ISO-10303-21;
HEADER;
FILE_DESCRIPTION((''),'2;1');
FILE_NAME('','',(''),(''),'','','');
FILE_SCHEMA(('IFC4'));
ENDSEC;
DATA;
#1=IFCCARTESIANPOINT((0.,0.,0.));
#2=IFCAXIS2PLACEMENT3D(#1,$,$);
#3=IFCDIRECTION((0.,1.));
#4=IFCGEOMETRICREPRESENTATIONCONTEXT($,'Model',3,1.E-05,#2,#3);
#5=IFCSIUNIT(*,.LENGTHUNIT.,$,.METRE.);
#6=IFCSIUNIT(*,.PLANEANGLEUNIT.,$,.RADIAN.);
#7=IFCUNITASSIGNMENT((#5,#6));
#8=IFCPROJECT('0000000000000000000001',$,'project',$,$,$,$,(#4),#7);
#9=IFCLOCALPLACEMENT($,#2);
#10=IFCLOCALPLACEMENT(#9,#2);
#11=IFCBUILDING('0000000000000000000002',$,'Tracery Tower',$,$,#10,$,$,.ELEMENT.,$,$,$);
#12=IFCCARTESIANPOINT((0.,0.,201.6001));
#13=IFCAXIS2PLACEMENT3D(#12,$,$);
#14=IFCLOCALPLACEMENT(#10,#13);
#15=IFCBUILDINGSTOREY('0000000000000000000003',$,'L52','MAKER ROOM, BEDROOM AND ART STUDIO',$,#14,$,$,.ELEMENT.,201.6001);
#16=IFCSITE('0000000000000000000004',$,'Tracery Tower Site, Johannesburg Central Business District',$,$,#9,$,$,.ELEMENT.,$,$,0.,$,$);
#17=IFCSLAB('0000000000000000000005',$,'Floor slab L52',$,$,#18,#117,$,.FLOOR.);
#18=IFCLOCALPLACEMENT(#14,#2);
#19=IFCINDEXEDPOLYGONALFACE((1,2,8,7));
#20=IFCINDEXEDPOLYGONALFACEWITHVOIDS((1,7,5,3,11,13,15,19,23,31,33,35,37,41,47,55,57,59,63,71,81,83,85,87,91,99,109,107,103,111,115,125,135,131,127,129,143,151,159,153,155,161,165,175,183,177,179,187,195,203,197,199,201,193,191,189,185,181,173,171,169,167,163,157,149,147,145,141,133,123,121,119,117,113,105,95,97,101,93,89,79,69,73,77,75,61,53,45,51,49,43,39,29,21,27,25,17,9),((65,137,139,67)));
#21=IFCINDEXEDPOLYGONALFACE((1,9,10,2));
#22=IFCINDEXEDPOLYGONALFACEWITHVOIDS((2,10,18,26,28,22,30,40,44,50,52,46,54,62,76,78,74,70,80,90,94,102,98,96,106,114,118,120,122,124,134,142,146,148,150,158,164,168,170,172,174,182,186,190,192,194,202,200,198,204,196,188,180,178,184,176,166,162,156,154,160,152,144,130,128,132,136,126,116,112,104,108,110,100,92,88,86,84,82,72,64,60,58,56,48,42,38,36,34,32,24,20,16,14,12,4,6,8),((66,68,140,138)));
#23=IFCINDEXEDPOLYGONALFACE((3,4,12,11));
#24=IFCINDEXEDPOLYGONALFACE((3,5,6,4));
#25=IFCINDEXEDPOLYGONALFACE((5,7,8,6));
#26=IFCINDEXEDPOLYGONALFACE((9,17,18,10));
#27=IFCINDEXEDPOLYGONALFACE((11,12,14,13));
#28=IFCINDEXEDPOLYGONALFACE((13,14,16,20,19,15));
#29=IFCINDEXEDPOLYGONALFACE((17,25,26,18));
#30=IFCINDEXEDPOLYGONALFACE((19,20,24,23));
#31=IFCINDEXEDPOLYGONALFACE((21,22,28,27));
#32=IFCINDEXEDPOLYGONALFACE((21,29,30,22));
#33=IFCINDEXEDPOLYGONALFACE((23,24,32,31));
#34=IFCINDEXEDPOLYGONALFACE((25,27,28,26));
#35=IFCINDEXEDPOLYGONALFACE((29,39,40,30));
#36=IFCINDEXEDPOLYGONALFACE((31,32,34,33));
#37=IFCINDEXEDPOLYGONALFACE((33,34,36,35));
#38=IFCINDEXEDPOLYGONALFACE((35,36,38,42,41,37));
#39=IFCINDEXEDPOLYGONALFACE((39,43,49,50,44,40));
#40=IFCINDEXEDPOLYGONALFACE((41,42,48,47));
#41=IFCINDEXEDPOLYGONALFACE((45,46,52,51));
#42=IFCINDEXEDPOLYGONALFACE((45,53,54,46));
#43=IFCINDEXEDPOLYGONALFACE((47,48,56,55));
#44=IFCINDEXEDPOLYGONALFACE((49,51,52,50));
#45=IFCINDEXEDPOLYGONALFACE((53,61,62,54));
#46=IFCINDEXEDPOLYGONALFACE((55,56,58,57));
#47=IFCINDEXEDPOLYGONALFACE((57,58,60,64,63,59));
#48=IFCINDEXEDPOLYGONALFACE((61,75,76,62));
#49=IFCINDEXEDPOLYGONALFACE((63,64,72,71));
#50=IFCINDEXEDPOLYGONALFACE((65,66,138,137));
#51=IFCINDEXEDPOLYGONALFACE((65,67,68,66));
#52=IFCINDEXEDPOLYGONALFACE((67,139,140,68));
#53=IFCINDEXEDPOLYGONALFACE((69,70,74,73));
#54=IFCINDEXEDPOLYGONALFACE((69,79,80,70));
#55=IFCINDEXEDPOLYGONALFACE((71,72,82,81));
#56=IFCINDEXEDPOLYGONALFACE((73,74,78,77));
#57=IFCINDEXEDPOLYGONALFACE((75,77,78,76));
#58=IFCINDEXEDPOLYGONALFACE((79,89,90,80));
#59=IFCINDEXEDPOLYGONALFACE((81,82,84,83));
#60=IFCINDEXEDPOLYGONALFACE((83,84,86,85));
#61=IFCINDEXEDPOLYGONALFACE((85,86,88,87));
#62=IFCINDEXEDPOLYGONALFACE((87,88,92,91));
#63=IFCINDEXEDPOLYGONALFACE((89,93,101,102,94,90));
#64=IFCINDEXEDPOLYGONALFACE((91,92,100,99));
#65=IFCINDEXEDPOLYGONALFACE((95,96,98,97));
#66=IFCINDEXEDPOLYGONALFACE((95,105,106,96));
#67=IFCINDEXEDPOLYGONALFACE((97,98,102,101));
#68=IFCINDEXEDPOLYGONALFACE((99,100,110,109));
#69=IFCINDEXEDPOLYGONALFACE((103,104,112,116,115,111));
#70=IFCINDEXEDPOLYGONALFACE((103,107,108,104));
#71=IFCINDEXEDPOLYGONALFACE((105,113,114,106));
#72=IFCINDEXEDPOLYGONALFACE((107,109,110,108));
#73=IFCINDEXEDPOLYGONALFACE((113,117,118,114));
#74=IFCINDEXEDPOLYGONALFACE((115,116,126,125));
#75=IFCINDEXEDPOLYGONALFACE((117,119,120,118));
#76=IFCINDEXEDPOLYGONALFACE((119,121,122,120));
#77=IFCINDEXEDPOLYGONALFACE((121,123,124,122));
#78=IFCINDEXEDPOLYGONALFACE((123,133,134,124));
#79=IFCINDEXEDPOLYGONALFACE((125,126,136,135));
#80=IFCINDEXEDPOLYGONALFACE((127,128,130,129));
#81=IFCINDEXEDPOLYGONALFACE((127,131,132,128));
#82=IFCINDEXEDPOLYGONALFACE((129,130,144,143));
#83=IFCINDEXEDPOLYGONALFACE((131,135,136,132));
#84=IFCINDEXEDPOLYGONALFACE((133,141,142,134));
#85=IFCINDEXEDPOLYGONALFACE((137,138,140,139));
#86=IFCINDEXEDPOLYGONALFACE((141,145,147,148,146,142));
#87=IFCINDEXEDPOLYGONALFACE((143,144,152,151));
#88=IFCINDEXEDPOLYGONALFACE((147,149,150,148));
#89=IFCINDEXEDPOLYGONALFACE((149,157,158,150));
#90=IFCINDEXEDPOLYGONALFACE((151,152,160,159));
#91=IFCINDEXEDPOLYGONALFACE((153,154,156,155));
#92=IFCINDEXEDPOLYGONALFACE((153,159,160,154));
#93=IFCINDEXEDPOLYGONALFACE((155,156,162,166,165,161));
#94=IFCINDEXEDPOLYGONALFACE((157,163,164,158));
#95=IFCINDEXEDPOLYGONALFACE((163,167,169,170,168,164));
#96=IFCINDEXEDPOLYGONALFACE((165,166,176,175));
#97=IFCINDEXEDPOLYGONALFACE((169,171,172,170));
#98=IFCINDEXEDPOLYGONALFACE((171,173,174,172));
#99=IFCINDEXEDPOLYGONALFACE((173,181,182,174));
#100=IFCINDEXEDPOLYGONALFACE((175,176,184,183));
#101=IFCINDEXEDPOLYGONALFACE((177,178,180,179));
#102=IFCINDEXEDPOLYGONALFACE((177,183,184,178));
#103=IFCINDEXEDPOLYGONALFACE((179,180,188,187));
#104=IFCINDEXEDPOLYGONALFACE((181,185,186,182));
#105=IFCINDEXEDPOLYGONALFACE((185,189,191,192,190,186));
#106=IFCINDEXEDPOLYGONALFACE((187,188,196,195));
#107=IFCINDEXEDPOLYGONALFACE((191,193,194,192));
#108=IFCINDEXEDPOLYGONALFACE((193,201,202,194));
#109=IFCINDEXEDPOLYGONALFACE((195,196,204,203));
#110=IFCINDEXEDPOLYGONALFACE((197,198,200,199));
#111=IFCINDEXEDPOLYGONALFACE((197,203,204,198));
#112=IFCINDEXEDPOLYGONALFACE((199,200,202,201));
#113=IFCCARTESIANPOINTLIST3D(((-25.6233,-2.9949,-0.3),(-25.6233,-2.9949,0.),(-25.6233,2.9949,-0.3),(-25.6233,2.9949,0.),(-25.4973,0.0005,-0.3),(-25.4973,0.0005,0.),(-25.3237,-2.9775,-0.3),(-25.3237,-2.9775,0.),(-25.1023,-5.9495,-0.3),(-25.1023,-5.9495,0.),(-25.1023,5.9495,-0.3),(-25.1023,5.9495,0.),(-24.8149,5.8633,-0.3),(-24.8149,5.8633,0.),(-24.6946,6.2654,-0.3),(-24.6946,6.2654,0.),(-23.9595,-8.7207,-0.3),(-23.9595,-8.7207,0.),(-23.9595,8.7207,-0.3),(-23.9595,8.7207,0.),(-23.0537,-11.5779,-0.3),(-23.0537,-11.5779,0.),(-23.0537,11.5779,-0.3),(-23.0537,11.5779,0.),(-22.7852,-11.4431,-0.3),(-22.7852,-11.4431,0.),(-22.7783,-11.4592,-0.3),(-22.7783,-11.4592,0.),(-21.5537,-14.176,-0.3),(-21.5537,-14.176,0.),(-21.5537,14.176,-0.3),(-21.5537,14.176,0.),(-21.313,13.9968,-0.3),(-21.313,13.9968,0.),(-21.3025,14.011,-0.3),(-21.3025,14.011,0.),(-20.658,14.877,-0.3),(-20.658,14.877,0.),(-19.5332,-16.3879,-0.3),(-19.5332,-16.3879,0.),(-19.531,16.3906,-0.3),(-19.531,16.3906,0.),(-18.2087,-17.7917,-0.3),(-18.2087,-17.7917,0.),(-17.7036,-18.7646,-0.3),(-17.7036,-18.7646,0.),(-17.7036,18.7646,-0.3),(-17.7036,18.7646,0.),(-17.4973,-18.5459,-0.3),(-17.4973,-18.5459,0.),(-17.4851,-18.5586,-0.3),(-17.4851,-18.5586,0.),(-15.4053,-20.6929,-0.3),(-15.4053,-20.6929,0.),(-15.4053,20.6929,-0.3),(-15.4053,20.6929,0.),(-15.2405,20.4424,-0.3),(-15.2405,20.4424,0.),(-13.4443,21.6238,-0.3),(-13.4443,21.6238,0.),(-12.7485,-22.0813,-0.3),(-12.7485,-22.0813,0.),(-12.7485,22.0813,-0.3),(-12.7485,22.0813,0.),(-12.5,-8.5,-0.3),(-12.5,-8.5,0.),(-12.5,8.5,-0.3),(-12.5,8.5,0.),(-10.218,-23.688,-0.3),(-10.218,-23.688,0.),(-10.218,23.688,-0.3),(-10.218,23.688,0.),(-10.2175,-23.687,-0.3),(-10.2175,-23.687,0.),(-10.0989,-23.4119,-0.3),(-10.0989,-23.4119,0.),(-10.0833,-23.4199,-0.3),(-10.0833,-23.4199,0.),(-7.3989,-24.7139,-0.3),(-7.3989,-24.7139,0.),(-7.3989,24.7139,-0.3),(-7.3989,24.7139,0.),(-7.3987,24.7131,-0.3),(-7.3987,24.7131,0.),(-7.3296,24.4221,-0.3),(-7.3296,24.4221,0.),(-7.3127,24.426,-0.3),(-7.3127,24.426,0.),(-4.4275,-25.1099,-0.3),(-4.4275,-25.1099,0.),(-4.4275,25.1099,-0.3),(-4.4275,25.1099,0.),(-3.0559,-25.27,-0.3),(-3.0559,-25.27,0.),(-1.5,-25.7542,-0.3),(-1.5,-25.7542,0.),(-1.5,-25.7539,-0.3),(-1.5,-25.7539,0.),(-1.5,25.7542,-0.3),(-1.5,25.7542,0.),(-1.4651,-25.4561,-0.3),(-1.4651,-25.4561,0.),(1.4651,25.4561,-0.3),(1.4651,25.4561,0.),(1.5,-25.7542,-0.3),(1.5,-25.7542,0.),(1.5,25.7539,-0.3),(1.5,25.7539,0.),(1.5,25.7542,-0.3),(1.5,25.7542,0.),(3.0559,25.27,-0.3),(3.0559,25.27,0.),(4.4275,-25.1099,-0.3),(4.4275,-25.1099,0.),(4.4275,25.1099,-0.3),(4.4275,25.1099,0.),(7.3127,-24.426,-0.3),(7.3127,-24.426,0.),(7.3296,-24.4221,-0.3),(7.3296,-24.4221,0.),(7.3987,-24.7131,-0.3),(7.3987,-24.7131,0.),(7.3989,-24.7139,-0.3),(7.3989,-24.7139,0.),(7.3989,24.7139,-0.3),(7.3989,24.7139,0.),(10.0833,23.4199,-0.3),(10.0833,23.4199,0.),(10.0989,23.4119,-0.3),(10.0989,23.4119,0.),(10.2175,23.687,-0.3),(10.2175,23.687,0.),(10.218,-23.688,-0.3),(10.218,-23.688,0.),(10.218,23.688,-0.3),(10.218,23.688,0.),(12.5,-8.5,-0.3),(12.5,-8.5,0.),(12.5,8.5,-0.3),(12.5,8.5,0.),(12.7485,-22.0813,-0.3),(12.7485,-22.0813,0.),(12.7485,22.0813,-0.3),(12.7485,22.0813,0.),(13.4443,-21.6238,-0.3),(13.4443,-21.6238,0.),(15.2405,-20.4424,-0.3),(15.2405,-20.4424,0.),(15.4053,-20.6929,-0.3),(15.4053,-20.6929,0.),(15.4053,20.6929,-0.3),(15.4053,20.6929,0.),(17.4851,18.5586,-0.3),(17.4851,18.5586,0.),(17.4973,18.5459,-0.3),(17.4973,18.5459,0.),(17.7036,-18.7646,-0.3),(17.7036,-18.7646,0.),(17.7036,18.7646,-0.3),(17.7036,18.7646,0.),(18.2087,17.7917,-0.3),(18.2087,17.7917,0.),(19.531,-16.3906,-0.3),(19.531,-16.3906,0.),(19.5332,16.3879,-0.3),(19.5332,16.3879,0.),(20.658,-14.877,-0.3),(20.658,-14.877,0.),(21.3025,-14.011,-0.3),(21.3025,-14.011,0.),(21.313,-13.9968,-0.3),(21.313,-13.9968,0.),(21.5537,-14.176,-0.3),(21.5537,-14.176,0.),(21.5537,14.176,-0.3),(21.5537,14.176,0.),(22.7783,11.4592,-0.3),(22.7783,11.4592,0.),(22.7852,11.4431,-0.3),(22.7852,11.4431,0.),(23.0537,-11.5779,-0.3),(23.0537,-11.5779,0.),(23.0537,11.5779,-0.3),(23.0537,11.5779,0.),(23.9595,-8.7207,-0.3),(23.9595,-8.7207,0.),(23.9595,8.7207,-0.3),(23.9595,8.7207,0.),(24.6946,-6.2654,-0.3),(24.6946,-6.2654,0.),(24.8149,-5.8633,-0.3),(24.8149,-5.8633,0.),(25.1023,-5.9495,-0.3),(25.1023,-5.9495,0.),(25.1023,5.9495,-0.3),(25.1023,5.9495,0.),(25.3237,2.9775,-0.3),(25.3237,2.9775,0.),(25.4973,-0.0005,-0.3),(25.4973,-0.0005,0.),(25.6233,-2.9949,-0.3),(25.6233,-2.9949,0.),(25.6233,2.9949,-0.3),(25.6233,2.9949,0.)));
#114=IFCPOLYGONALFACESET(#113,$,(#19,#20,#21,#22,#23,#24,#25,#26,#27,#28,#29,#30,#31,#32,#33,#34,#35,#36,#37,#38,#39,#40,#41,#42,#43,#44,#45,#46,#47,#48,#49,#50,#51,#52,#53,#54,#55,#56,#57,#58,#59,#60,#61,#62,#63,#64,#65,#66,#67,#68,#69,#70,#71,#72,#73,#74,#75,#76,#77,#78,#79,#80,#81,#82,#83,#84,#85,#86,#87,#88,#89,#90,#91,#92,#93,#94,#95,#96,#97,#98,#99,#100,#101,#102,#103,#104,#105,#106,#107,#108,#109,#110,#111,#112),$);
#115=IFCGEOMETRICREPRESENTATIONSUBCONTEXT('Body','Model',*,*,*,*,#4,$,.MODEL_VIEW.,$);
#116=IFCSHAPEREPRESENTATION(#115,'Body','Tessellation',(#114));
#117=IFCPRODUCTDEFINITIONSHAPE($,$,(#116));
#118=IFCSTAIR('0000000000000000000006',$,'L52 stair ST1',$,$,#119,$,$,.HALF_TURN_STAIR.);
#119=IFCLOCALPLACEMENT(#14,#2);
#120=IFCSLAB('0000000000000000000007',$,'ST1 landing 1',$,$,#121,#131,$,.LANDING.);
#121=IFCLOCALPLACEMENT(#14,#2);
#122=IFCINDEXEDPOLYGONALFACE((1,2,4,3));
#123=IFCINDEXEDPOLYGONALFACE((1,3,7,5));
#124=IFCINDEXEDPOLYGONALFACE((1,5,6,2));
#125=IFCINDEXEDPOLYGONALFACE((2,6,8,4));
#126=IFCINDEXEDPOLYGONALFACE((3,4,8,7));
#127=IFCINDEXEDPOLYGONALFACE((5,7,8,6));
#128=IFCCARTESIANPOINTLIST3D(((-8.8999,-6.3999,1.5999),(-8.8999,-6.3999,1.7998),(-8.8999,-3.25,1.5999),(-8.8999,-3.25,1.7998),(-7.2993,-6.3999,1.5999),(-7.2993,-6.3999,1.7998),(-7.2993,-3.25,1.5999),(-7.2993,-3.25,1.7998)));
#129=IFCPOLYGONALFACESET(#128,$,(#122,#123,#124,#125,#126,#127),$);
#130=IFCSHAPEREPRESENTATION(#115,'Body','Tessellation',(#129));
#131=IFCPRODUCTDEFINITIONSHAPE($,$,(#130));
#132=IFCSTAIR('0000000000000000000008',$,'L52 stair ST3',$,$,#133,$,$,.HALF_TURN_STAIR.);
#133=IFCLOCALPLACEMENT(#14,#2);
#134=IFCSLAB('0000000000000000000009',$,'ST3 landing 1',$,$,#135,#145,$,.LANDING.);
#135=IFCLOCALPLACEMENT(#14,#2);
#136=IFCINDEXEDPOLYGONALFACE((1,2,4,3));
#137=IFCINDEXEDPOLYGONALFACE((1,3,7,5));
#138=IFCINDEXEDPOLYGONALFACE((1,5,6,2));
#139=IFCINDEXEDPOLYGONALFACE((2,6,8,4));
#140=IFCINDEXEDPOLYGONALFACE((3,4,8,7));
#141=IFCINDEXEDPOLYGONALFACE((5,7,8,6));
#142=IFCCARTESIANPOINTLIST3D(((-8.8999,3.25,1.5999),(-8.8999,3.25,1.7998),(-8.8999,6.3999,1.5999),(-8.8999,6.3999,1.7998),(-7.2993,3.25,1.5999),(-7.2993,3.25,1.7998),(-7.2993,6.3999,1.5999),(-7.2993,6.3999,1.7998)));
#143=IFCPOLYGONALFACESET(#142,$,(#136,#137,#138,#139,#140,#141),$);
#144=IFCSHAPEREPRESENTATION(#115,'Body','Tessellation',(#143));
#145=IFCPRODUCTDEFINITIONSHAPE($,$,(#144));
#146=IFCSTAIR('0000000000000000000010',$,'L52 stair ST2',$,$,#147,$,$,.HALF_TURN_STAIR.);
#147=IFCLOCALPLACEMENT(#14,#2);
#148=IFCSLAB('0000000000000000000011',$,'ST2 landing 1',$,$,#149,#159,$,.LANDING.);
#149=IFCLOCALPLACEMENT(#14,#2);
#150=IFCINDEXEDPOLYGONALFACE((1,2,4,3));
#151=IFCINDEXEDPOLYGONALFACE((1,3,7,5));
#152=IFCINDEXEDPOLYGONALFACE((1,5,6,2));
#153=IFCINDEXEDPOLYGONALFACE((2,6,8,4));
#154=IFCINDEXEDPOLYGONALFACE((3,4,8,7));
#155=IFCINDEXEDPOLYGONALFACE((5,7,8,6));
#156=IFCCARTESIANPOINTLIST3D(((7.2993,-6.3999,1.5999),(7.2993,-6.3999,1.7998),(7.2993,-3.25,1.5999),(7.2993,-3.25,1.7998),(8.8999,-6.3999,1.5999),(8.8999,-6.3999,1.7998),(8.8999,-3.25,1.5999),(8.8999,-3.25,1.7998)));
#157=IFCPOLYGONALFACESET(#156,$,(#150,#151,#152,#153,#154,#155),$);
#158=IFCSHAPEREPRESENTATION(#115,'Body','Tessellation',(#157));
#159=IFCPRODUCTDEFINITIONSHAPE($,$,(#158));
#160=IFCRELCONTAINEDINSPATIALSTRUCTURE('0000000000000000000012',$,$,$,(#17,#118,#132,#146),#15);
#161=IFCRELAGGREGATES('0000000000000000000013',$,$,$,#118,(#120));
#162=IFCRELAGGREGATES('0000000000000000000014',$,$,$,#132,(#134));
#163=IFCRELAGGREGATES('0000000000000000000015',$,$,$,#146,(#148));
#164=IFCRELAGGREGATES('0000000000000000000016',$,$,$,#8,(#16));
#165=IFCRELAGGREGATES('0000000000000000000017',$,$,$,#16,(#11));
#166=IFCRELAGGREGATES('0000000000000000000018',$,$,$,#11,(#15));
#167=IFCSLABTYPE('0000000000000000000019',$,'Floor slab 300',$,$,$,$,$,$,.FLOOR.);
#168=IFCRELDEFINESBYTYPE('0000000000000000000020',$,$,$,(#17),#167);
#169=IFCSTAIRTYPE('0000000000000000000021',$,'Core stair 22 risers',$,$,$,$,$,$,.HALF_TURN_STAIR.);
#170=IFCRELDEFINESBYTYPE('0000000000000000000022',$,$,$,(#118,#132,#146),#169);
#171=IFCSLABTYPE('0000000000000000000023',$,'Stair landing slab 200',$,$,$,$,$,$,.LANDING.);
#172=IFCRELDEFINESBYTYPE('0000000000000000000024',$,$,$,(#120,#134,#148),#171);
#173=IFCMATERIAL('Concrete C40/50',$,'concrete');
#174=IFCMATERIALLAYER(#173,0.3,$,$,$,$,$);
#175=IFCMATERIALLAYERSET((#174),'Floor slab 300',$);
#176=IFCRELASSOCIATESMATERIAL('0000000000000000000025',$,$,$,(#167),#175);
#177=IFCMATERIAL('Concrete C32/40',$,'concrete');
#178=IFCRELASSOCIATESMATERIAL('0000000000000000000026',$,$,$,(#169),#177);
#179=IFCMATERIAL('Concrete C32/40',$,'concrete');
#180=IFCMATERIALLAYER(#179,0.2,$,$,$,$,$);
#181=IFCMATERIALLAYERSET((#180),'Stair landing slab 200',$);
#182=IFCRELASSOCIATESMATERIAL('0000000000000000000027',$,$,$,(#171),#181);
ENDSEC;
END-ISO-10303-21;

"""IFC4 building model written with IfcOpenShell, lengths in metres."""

from ifc_helpers import new_model, si_unit, direction, frame, origin, place, context, subcontext, project, spatial, polyline, outline, extrude, material, layer, layer_set, type_object, element, aggregate, save


model = new_model("IFC4")

# Units and contexts
model_context = context("Model", 3, precision=1e-05, world=origin(), true_north=direction((0.0, 1.0)))
body_context = subcontext(model_context, "Body", "Model", "MODEL_VIEW")
ifc_project = project(units=[si_unit("LENGTHUNIT", "METRE"), si_unit("PLANEANGLEUNIT", "RADIAN")], contexts=[model_context])

# Site, building, storey
site_placement = place(None, origin())
site = spatial("IfcSite", under=ifc_project, at=site_placement, Name="Tracery Tower Site, Johannesburg Central Business District", CompositionType="ELEMENT", RefElevation=0.0)
building_placement = place(site_placement, origin())
building = spatial("IfcBuilding", under=site, at=building_placement, Name="Tracery Tower", CompositionType="ELEMENT")
storey_placement = place(building_placement, frame((0.0, 0.0, 201.6001)))
storey = spatial("IfcBuildingStorey", under=building, at=storey_placement, Name="L52", Description="MAKER ROOM, BEDROOM AND ART STUDIO", CompositionType="ELEMENT", Elevation=201.6001)

# Slab
ifc_material_1 = material(Name="Concrete C40/50", Category="concrete")
ifc_layer_1 = layer(ifc_material_1, 0.3)
ifc_layer_set_1 = layer_set([ifc_layer_1], Name="Floor slab 300")
slab_type_1 = type_object("IfcSlabType", Name="Floor slab 300", PredefinedType="FLOOR", material=ifc_layer_set_1)
slab_1_placement = place(storey_placement, frame((0.0, 0.0, -0.3)))
element("IfcSlab", 1, at=slab_1_placement, inside=storey, type_object=slab_type_1, Name="Floor slab L52", PredefinedType="FLOOR", context=body_context, shape_type="SweptSolid", body=[
    extrude(outline(polyline([(22.7852, 11.4431), (22.7783, 11.4592), (23.0537, 11.5779), (21.5537, 14.176), (19.5332, 16.3879), (18.2087, 17.7917), (17.4973, 18.5459), (17.4973, 18.5459), (17.4851, 18.5586), (17.7036, 18.7646), (15.4053, 20.6929), (12.7485, 22.0813), (10.0989, 23.4119), (10.0989, 23.4119), (10.0833, 23.4199), (10.2175, 23.687), (10.218, 23.688), (7.3989, 24.7139), (4.4275, 25.1099), (3.0559, 25.27), (1.4651, 25.4561), (1.5, 25.7539), (1.5, 25.7542), (-1.5, 25.7542), (-4.4275, 25.1099), (-7.3127, 24.426), (-7.3127, 24.426), (-7.3296, 24.4221), (-7.3987, 24.7131), (-7.3989, 24.7139), (-10.218, 23.688), (-12.7485, 22.0813), (-13.4443, 21.6238), (-15.2405, 20.4424), (-15.4053, 20.6929), (-15.4053, 20.6929), (-17.7036, 18.7646), (-19.531, 16.3906), (-20.658, 14.877), (-21.3025, 14.011), (-21.3025, 14.011), (-21.313, 13.9968), (-21.5537, 14.176), (-23.0537, 11.5779), (-23.9595, 8.7207), (-24.6946, 6.2654), (-24.8149, 5.8633), (-25.1023, 5.9495), (-25.6233, 2.9949), (-25.4973, 0.0005), (-25.3237, -2.9775), (-25.6233, -2.9949), (-25.1023, -5.9495), (-23.9595, -8.7207), (-22.7852, -11.4431), (-22.7852, -11.4431), (-22.7783, -11.4592), (-23.0537, -11.5779), (-21.5537, -14.176), (-19.5332, -16.3879), (-18.2087, -17.7917), (-17.4973, -18.5459), (-17.4973, -18.5459), (-17.4851, -18.5586), (-17.7036, -18.7646), (-15.4053, -20.6929), (-12.7485, -22.0813), (-10.0989, -23.4119), (-10.0989, -23.4119), (-10.0833, -23.4199), (-10.2175, -23.687), (-10.218, -23.688), (-7.3989, -24.7139), (-4.4275, -25.1099), (-3.0559, -25.27), (-1.4651, -25.4561), (-1.5, -25.7539), (-1.5, -25.7542), (1.5, -25.7542), (4.4275, -25.1099), (7.3127, -24.426), (7.3127, -24.426), (7.3296, -24.4221), (7.3987, -24.7131), (7.3989, -24.7139), (10.218, -23.688), (12.7485, -22.0813), (13.4443, -21.6238), (15.2405, -20.4424), (15.4053, -20.6929), (15.4053, -20.6929), (17.7036, -18.7646), (19.531, -16.3906), (20.658, -14.877), (21.3025, -14.011), (21.3025, -14.011), (21.313, -13.9968), (21.5537, -14.176), (23.0537, -11.5779), (23.9595, -8.7207), (24.6946, -6.2654), (24.8149, -5.8633), (25.1023, -5.9495), (25.6233, -2.9949), (25.4973, -0.0005), (25.3237, 2.9775), (25.6233, 2.9949), (25.1023, 5.9495), (23.9595, 8.7207), (22.7852, 11.4431), (22.7852, 11.4431)]), holes=[polyline([(-12.5, -8.5), (12.5, -8.5), (12.5, 8.5), (-12.5, 8.5), (-12.5, -8.5)])]), origin(), (0.0, 0.0, 1.0), 0.3),
])

# Stairs, slabs
ifc_material_2 = material(Name="Concrete C32/40", Category="concrete")
stair_type = type_object("IfcStairType", Name="Core stair 22 risers", PredefinedType="HALF_TURN_STAIR", material=ifc_material_2)
stair_1_placement = place(storey_placement, origin())
stair_1 = element("IfcStair", 2, at=stair_1_placement, inside=storey, type_object=stair_type, Name="L52 stair ST1", PredefinedType="HALF_TURN_STAIR")
ifc_material_3 = material(Name="Concrete C32/40", Category="concrete")
ifc_layer_2 = layer(ifc_material_3, 0.2)
ifc_layer_set_2 = layer_set([ifc_layer_2], Name="Stair landing slab 200")
slab_type_2 = type_object("IfcSlabType", Name="Stair landing slab 200", PredefinedType="LANDING", material=ifc_layer_set_2)
slab_2_placement = place(storey_placement, frame((0.0, 0.0, 1.5999)))
slab_2 = element("IfcSlab", 3, at=slab_2_placement, type_object=slab_type_2, Name="ST1 landing 1", PredefinedType="LANDING", context=body_context, shape_type="SweptSolid", body=[
    extrude(outline(polyline([(-7.2993, -3.25), (-8.8999, -3.25), (-8.8999, -6.3999), (-7.2993, -6.3999), (-7.2993, -3.25)])), origin(), (0.0, 0.0, 1.0), 0.2),
])
aggregate(stair_1, [slab_2])
stair_2_placement = place(storey_placement, origin())
stair_2 = element("IfcStair", 4, at=stair_2_placement, inside=storey, type_object=stair_type, Name="L52 stair ST3", PredefinedType="HALF_TURN_STAIR")
slab_3_placement = place(storey_placement, frame((0.0, 0.0, 1.5999)))
slab_3 = element("IfcSlab", 5, at=slab_3_placement, type_object=slab_type_2, Name="ST3 landing 1", PredefinedType="LANDING", context=body_context, shape_type="SweptSolid", body=[
    extrude(outline(polyline([(-7.2993, 6.3999), (-8.8999, 6.3999), (-8.8999, 3.25), (-7.2993, 3.25), (-7.2993, 6.3999)])), origin(), (0.0, 0.0, 1.0), 0.2),
])
aggregate(stair_2, [slab_3])
stair_3_placement = place(storey_placement, origin())
stair_3 = element("IfcStair", 6, at=stair_3_placement, inside=storey, type_object=stair_type, Name="L52 stair ST2", PredefinedType="HALF_TURN_STAIR")
slab_4_placement = place(storey_placement, frame((0.0, 0.0, 1.5999)))
slab_4 = element("IfcSlab", 7, at=slab_4_placement, type_object=slab_type_2, Name="ST2 landing 1", PredefinedType="LANDING", context=body_context, shape_type="SweptSolid", body=[
    extrude(outline(polyline([(7.2993, -6.3999), (8.8999, -6.3999), (8.8999, -3.25), (7.2993, -3.25), (7.2993, -6.3999)])), origin(), (0.0, 0.0, 1.0), 0.2),
])
aggregate(stair_3, [slab_4])

save(model, "model.ifc")
